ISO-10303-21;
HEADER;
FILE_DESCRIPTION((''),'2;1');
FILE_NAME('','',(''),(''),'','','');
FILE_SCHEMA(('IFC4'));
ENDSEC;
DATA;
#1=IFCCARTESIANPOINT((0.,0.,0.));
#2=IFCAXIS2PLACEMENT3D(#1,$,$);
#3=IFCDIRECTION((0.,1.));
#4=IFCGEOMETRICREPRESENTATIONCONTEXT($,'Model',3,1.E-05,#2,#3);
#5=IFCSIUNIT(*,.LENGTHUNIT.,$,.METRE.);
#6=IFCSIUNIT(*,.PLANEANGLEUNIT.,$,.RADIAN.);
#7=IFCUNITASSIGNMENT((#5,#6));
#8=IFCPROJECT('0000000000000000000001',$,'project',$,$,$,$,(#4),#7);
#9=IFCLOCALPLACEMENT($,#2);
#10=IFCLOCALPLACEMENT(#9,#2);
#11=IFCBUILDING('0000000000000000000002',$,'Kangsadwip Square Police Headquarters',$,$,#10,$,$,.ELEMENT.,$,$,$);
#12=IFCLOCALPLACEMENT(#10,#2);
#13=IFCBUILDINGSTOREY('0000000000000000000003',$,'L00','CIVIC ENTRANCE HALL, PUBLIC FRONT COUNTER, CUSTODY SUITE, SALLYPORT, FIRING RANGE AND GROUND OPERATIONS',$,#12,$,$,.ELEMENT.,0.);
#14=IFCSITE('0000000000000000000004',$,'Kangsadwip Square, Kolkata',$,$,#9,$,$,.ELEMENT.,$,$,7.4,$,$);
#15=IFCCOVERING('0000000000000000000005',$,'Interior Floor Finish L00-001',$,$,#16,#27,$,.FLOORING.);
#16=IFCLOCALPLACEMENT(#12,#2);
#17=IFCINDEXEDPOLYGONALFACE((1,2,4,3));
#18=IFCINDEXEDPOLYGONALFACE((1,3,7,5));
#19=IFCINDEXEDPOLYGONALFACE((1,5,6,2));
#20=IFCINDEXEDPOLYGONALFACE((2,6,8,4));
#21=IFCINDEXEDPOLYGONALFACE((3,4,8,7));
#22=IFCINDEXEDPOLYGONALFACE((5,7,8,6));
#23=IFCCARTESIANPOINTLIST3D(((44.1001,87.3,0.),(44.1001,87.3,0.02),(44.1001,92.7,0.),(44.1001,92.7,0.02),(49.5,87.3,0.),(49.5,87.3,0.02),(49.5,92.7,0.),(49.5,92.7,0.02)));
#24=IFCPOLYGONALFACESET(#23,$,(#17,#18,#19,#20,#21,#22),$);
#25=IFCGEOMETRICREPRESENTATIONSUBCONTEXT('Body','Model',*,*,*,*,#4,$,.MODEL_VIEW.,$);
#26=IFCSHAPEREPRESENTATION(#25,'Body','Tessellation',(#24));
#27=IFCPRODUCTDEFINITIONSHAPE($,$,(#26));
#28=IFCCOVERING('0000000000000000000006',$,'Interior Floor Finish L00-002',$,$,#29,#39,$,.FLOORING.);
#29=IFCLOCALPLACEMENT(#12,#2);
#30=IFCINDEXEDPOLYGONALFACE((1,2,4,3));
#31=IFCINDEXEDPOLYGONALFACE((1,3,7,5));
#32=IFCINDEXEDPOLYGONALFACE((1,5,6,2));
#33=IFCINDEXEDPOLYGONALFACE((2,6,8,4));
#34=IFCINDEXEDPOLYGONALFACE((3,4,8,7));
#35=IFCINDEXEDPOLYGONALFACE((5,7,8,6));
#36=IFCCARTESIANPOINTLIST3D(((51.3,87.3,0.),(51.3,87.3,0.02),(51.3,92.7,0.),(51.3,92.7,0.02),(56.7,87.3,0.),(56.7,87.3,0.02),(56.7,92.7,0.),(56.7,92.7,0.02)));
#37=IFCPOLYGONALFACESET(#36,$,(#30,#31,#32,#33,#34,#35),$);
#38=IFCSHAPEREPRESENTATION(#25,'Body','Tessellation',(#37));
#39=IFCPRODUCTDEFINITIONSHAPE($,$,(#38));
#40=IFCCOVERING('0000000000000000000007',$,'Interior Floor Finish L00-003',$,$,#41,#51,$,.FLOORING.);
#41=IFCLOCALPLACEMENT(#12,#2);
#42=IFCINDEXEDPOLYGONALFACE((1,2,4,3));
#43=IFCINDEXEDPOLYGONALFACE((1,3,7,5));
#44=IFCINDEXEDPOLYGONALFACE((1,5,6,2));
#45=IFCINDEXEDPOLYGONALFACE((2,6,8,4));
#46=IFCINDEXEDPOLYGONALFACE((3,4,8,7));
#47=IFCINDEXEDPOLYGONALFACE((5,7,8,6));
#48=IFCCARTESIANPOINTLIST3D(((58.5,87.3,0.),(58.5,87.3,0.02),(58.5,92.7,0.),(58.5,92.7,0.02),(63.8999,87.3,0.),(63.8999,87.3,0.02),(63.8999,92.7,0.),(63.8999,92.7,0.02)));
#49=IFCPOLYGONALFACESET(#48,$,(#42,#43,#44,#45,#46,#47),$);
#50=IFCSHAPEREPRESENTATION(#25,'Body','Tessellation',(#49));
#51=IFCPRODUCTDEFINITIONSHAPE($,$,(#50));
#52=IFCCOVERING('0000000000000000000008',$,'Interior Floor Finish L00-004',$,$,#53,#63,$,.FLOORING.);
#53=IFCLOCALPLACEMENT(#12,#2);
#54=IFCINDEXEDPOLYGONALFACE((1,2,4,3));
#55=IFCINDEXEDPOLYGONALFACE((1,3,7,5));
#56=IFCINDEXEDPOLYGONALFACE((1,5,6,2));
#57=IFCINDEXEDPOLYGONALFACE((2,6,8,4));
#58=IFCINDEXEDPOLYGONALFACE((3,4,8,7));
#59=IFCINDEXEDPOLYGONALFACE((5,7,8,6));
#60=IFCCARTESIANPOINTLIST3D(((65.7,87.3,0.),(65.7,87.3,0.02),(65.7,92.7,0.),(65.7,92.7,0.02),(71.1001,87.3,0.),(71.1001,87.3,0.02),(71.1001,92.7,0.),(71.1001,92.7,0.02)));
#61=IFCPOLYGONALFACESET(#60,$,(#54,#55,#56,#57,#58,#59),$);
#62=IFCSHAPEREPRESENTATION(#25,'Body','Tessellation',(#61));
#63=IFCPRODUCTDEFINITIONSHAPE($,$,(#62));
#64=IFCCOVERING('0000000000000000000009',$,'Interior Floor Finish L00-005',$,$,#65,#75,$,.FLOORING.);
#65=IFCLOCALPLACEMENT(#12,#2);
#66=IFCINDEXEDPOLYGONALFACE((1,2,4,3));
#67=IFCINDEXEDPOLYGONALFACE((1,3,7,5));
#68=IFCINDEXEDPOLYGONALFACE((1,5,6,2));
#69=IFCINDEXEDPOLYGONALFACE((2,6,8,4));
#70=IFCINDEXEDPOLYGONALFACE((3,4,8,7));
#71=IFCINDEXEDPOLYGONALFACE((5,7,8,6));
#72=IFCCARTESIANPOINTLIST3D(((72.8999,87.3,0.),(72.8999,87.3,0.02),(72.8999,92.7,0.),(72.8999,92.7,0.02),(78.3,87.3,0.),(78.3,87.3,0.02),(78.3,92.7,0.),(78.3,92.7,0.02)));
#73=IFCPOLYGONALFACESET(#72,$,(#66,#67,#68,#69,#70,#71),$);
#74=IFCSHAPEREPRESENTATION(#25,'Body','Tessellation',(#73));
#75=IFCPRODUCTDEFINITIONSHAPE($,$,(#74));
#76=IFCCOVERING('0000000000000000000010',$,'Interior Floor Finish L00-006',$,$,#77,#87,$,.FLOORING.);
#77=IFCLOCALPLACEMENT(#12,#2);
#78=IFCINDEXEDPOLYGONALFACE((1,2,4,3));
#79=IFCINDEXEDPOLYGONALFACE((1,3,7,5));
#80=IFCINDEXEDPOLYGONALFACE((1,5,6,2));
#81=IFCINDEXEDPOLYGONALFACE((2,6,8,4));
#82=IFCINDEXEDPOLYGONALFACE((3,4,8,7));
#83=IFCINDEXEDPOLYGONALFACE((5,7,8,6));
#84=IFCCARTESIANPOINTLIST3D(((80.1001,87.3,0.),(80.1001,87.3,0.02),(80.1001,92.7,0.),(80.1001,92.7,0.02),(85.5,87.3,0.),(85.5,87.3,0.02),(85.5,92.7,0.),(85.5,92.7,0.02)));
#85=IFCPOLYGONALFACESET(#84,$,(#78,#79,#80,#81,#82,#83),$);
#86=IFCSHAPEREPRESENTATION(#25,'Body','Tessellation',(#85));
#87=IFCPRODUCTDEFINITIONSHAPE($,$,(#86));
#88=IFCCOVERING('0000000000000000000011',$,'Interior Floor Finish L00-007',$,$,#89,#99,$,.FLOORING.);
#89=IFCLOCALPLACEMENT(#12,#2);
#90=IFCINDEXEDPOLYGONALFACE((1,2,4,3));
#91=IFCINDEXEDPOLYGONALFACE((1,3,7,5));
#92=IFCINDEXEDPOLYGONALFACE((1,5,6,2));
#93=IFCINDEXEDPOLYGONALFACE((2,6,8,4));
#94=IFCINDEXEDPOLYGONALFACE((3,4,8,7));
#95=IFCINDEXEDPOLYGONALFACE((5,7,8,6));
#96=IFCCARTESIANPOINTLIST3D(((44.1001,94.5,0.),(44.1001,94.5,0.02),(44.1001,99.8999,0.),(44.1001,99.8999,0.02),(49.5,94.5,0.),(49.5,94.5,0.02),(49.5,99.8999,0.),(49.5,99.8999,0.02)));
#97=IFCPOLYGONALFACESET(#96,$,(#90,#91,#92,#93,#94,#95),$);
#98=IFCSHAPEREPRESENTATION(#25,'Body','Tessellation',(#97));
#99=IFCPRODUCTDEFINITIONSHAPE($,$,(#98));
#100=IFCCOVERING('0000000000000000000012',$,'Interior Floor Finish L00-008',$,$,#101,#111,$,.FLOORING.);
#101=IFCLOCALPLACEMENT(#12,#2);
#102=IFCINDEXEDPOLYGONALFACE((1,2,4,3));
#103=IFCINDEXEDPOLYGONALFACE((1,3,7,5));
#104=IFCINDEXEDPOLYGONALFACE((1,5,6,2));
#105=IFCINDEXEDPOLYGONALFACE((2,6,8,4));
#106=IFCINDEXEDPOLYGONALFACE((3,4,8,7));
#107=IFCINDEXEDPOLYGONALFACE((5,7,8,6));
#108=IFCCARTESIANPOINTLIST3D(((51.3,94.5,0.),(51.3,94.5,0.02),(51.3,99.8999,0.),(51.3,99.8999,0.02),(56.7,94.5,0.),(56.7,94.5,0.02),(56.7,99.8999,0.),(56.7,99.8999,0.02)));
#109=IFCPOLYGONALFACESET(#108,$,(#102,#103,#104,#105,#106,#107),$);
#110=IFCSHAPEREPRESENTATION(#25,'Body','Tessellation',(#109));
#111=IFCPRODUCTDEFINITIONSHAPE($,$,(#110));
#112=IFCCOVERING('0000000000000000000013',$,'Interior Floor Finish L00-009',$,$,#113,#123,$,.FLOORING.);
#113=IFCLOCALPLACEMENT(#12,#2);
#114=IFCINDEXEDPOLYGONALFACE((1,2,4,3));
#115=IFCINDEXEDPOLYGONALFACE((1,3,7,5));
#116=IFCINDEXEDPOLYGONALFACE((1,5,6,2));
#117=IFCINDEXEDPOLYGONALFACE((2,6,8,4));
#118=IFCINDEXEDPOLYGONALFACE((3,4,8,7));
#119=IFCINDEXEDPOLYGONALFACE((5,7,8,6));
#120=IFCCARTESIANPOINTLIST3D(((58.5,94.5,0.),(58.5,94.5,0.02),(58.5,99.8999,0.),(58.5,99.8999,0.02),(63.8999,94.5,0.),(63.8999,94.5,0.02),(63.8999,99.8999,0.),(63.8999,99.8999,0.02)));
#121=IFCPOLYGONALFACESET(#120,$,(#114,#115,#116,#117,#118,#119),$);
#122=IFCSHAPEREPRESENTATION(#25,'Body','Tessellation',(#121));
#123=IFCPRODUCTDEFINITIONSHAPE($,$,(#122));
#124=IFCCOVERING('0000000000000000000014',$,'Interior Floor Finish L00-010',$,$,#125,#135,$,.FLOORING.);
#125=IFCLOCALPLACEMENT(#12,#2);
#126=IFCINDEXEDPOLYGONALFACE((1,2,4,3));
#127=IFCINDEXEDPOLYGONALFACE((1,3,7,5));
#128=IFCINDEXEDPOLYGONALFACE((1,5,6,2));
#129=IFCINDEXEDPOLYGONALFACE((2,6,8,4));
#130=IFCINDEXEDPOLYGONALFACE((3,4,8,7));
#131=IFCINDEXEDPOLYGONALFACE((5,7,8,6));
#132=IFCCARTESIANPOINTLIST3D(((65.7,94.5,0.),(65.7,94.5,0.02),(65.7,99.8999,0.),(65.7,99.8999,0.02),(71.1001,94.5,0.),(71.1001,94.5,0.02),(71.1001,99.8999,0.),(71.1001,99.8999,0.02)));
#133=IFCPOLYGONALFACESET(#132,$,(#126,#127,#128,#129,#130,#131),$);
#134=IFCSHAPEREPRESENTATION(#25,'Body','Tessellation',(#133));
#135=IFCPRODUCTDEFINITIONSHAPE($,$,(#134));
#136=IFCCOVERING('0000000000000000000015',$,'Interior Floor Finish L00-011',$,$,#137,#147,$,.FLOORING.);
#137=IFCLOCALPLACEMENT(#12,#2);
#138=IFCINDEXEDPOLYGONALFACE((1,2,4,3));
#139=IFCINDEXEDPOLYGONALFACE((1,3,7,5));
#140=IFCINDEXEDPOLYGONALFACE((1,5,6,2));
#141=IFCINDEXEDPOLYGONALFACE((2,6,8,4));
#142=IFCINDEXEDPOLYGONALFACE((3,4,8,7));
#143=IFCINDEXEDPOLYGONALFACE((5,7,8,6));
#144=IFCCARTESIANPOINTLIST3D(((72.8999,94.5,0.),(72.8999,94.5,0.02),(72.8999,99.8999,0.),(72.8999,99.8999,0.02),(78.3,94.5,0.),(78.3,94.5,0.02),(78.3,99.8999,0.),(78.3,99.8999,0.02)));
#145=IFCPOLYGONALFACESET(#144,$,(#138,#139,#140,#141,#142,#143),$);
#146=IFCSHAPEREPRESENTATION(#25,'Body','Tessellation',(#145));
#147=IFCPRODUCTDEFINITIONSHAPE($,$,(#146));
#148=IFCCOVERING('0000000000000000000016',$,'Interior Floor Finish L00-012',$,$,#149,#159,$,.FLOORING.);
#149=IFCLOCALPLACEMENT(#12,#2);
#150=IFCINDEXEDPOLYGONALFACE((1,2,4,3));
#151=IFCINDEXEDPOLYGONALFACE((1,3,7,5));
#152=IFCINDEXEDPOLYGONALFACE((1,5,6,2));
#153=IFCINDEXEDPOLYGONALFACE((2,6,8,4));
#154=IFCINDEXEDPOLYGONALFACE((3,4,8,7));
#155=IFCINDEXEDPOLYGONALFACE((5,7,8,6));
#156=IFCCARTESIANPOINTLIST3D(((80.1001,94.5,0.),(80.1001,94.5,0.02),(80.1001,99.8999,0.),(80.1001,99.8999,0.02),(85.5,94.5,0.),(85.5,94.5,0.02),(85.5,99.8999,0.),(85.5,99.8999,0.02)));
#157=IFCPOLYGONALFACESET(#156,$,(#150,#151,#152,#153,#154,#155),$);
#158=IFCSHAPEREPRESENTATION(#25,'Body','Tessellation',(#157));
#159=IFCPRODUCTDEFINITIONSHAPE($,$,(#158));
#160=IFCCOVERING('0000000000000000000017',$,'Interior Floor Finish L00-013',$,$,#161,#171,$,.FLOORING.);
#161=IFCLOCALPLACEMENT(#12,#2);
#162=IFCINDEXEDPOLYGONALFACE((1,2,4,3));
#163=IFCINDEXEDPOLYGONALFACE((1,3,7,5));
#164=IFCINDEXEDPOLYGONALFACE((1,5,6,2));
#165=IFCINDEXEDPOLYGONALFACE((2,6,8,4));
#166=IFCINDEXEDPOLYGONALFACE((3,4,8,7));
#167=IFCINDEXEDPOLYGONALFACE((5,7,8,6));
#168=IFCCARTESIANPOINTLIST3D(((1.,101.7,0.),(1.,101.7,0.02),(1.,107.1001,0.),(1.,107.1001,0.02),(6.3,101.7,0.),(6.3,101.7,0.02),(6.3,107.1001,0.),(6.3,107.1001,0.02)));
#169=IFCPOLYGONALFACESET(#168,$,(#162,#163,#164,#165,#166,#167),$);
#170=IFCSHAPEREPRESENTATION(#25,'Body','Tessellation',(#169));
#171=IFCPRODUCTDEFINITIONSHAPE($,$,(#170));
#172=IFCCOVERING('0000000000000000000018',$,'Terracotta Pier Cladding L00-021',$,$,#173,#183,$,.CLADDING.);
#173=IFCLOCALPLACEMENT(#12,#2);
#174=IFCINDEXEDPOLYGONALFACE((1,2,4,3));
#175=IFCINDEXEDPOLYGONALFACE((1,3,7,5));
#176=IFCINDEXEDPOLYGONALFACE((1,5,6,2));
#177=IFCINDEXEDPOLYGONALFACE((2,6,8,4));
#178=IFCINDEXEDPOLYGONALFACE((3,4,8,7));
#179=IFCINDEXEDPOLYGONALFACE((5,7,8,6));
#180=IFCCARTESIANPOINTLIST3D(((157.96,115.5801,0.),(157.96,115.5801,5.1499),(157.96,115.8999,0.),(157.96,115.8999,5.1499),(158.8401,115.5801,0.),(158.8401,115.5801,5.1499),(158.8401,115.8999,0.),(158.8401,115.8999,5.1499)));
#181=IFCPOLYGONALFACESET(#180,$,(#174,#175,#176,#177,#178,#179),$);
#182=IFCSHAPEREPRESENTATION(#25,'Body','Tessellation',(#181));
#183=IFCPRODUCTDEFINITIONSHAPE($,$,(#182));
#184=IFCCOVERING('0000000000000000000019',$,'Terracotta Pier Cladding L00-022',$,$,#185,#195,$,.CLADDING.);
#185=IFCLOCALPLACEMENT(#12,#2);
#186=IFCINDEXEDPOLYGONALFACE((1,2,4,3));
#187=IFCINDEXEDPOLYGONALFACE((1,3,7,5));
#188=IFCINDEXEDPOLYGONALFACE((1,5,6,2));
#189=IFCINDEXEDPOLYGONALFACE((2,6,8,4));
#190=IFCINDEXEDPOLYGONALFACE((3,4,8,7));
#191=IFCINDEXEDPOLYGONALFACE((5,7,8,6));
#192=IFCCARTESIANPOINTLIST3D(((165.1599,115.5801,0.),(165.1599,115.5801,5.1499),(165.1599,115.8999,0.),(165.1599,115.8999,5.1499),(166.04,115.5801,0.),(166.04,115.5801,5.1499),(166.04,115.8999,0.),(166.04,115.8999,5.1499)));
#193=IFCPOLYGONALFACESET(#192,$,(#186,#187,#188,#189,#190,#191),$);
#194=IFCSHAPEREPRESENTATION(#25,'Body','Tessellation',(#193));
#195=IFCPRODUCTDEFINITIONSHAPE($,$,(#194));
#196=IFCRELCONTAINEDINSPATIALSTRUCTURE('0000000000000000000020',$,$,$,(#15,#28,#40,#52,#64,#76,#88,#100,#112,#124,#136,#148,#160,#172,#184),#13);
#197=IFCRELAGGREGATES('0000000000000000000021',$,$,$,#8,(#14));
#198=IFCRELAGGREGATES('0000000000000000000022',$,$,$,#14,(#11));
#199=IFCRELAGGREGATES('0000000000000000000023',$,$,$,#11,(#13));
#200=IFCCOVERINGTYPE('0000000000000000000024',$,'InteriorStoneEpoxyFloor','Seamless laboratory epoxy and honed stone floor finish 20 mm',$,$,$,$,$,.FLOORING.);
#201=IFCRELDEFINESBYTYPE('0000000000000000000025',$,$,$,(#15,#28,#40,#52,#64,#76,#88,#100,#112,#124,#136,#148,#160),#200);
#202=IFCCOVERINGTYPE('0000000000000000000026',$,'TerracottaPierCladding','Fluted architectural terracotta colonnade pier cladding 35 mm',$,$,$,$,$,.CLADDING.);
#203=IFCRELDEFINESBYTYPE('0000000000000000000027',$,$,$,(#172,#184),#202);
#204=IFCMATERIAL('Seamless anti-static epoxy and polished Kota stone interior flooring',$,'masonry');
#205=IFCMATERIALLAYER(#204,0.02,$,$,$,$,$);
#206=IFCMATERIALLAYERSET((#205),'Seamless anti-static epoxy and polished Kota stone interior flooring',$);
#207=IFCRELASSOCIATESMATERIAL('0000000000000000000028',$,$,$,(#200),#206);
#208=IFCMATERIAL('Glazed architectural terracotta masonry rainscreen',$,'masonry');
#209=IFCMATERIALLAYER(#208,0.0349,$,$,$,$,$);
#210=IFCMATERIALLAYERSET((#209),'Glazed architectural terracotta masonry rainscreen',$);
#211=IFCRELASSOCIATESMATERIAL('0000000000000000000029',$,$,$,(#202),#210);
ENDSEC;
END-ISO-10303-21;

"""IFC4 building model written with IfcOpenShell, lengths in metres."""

from ifc_helpers import new_model, si_unit, direction, origin, place, context, subcontext, project, spatial, polyline, outline, extrude, material, layer, layer_set, type_object, element, save


model = new_model("IFC4")

# Units and contexts
model_context = context("Model", 3, precision=1e-05, world=origin(), true_north=direction((0.0, 1.0)))
body_context = subcontext(model_context, "Body", "Model", "MODEL_VIEW")
ifc_project = project(units=[si_unit("LENGTHUNIT", "METRE"), si_unit("PLANEANGLEUNIT", "RADIAN")], contexts=[model_context])

# Site, building, storey
site_placement = place(None, origin())
site = spatial("IfcSite", under=ifc_project, at=site_placement, Name="Kangsadwip Square, Kolkata", CompositionType="ELEMENT", RefElevation=7.4)
building_placement = place(site_placement, origin())
building = spatial("IfcBuilding", under=site, at=building_placement, Name="Kangsadwip Square Police Headquarters", CompositionType="ELEMENT")
storey_placement = place(building_placement, origin())
storey = spatial("IfcBuildingStorey", under=building, at=storey_placement, Name="L00", Description="CIVIC ENTRANCE HALL, PUBLIC FRONT COUNTER, CUSTODY SUITE, SALLYPORT, FIRING RANGE AND GROUND OPERATIONS", CompositionType="ELEMENT", Elevation=0.0)

# Coverings
ifc_material_1 = material(Name="Seamless anti-static epoxy and polished Kota stone interior flooring", Category="masonry")
ifc_layer_1 = layer(ifc_material_1, 0.02)
ifc_layer_set_1 = layer_set([ifc_layer_1], Name="Seamless anti-static epoxy and polished Kota stone interior flooring")
covering_type_1 = type_object("IfcCoveringType", Name="InteriorStoneEpoxyFloor", Description="Seamless laboratory epoxy and honed stone floor finish 20 mm", PredefinedType="FLOORING", material=ifc_layer_set_1)
covering_1_placement = place(storey_placement, origin())
element("IfcCovering", 1, at=covering_1_placement, inside=storey, type_object=covering_type_1, Name="Interior Floor Finish L00-001", PredefinedType="FLOORING", context=body_context, shape_type="SweptSolid", body=[
    extrude(outline(polyline([(44.1001, 87.3), (49.5, 87.3), (49.5, 92.7), (44.1001, 92.7), (44.1001, 87.3)])), origin(), (0.0, 0.0, 1.0), 0.02),
])
covering_2_placement = place(storey_placement, origin())
element("IfcCovering", 2, at=covering_2_placement, inside=storey, type_object=covering_type_1, Name="Interior Floor Finish L00-002", PredefinedType="FLOORING", context=body_context, shape_type="SweptSolid", body=[
    extrude(outline(polyline([(51.3, 87.3), (56.7, 87.3), (56.7, 92.7), (51.3, 92.7), (51.3, 87.3)])), origin(), (0.0, 0.0, 1.0), 0.02),
])
covering_3_placement = place(storey_placement, origin())
element("IfcCovering", 3, at=covering_3_placement, inside=storey, type_object=covering_type_1, Name="Interior Floor Finish L00-003", PredefinedType="FLOORING", context=body_context, shape_type="SweptSolid", body=[
    extrude(outline(polyline([(58.5, 87.3), (63.8999, 87.3), (63.8999, 92.7), (58.5, 92.7), (58.5, 87.3)])), origin(), (0.0, 0.0, 1.0), 0.02),
])
covering_4_placement = place(storey_placement, origin())
element("IfcCovering", 4, at=covering_4_placement, inside=storey, type_object=covering_type_1, Name="Interior Floor Finish L00-004", PredefinedType="FLOORING", context=body_context, shape_type="SweptSolid", body=[
    extrude(outline(polyline([(65.7, 87.3), (71.1001, 87.3), (71.1001, 92.7), (65.7, 92.7), (65.7, 87.3)])), origin(), (0.0, 0.0, 1.0), 0.02),
])
covering_5_placement = place(storey_placement, origin())
element("IfcCovering", 5, at=covering_5_placement, inside=storey, type_object=covering_type_1, Name="Interior Floor Finish L00-005", PredefinedType="FLOORING", context=body_context, shape_type="SweptSolid", body=[
    extrude(outline(polyline([(72.8999, 87.3), (78.3, 87.3), (78.3, 92.7), (72.8999, 92.7), (72.8999, 87.3)])), origin(), (0.0, 0.0, 1.0), 0.02),
])
covering_6_placement = place(storey_placement, origin())
element("IfcCovering", 6, at=covering_6_placement, inside=storey, type_object=covering_type_1, Name="Interior Floor Finish L00-006", PredefinedType="FLOORING", context=body_context, shape_type="SweptSolid", body=[
    extrude(outline(polyline([(80.1001, 87.3), (85.5, 87.3), (85.5, 92.7), (80.1001, 92.7), (80.1001, 87.3)])), origin(), (0.0, 0.0, 1.0), 0.02),
])
covering_7_placement = place(storey_placement, origin())
element("IfcCovering", 7, at=covering_7_placement, inside=storey, type_object=covering_type_1, Name="Interior Floor Finish L00-007", PredefinedType="FLOORING", context=body_context, shape_type="SweptSolid", body=[
    extrude(outline(polyline([(44.1001, 94.5), (49.5, 94.5), (49.5, 99.8999), (44.1001, 99.8999), (44.1001, 94.5)])), origin(), (0.0, 0.0, 1.0), 0.02),
])
covering_8_placement = place(storey_placement, origin())
element("IfcCovering", 8, at=covering_8_placement, inside=storey, type_object=covering_type_1, Name="Interior Floor Finish L00-008", PredefinedType="FLOORING", context=body_context, shape_type="SweptSolid", body=[
    extrude(outline(polyline([(51.3, 94.5), (56.7, 94.5), (56.7, 99.8999), (51.3, 99.8999), (51.3, 94.5)])), origin(), (0.0, 0.0, 1.0), 0.02),
])
covering_9_placement = place(storey_placement, origin())
element("IfcCovering", 9, at=covering_9_placement, inside=storey, type_object=covering_type_1, Name="Interior Floor Finish L00-009", PredefinedType="FLOORING", context=body_context, shape_type="SweptSolid", body=[
    extrude(outline(polyline([(58.5, 94.5), (63.8999, 94.5), (63.8999, 99.8999), (58.5, 99.8999), (58.5, 94.5)])), origin(), (0.0, 0.0, 1.0), 0.02),
])
covering_10_placement = place(storey_placement, origin())
element("IfcCovering", 10, at=covering_10_placement, inside=storey, type_object=covering_type_1, Name="Interior Floor Finish L00-010", PredefinedType="FLOORING", context=body_context, shape_type="SweptSolid", body=[
    extrude(outline(polyline([(65.7, 94.5), (71.1001, 94.5), (71.1001, 99.8999), (65.7, 99.8999), (65.7, 94.5)])), origin(), (0.0, 0.0, 1.0), 0.02),
])
covering_11_placement = place(storey_placement, origin())
element("IfcCovering", 11, at=covering_11_placement, inside=storey, type_object=covering_type_1, Name="Interior Floor Finish L00-011", PredefinedType="FLOORING", context=body_context, shape_type="SweptSolid", body=[
    extrude(outline(polyline([(72.8999, 94.5), (78.3, 94.5), (78.3, 99.8999), (72.8999, 99.8999), (72.8999, 94.5)])), origin(), (0.0, 0.0, 1.0), 0.02),
])
covering_12_placement = place(storey_placement, origin())
element("IfcCovering", 12, at=covering_12_placement, inside=storey, type_object=covering_type_1, Name="Interior Floor Finish L00-012", PredefinedType="FLOORING", context=body_context, shape_type="SweptSolid", body=[
    extrude(outline(polyline([(80.1001, 94.5), (85.5, 94.5), (85.5, 99.8999), (80.1001, 99.8999), (80.1001, 94.5)])), origin(), (0.0, 0.0, 1.0), 0.02),
])
covering_13_placement = place(storey_placement, origin())
element("IfcCovering", 13, at=covering_13_placement, inside=storey, type_object=covering_type_1, Name="Interior Floor Finish L00-013", PredefinedType="FLOORING", context=body_context, shape_type="SweptSolid", body=[
    extrude(outline(polyline([(1.0, 101.7), (6.3, 101.7), (6.3, 107.1001), (1.0, 107.1001), (1.0, 101.7)])), origin(), (0.0, 0.0, 1.0), 0.02),
])
ifc_material_2 = material(Name="Glazed architectural terracotta masonry rainscreen", Category="masonry")
ifc_layer_2 = layer(ifc_material_2, 0.0349)
ifc_layer_set_2 = layer_set([ifc_layer_2], Name="Glazed architectural terracotta masonry rainscreen")
covering_type_2 = type_object("IfcCoveringType", Name="TerracottaPierCladding", Description="Fluted architectural terracotta colonnade pier cladding 35 mm", PredefinedType="CLADDING", material=ifc_layer_set_2)
covering_14_placement = place(storey_placement, origin())
element("IfcCovering", 14, at=covering_14_placement, inside=storey, type_object=covering_type_2, Name="Terracotta Pier Cladding L00-021", PredefinedType="CLADDING", context=body_context, shape_type="SweptSolid", body=[
    extrude(outline(polyline([(157.96, 115.5801), (158.8401, 115.5801), (158.8401, 115.8999), (157.96, 115.8999), (157.96, 115.5801)])), origin(), (0.0, 0.0, 1.0), 5.1499),
])
covering_15_placement = place(storey_placement, origin())
element("IfcCovering", 15, at=covering_15_placement, inside=storey, type_object=covering_type_2, Name="Terracotta Pier Cladding L00-022", PredefinedType="CLADDING", context=body_context, shape_type="SweptSolid", body=[
    extrude(outline(polyline([(165.1599, 115.5801), (166.04, 115.5801), (166.04, 115.8999), (165.1599, 115.8999), (165.1599, 115.5801)])), origin(), (0.0, 0.0, 1.0), 5.1499),
])

save(model, "model.ifc")
